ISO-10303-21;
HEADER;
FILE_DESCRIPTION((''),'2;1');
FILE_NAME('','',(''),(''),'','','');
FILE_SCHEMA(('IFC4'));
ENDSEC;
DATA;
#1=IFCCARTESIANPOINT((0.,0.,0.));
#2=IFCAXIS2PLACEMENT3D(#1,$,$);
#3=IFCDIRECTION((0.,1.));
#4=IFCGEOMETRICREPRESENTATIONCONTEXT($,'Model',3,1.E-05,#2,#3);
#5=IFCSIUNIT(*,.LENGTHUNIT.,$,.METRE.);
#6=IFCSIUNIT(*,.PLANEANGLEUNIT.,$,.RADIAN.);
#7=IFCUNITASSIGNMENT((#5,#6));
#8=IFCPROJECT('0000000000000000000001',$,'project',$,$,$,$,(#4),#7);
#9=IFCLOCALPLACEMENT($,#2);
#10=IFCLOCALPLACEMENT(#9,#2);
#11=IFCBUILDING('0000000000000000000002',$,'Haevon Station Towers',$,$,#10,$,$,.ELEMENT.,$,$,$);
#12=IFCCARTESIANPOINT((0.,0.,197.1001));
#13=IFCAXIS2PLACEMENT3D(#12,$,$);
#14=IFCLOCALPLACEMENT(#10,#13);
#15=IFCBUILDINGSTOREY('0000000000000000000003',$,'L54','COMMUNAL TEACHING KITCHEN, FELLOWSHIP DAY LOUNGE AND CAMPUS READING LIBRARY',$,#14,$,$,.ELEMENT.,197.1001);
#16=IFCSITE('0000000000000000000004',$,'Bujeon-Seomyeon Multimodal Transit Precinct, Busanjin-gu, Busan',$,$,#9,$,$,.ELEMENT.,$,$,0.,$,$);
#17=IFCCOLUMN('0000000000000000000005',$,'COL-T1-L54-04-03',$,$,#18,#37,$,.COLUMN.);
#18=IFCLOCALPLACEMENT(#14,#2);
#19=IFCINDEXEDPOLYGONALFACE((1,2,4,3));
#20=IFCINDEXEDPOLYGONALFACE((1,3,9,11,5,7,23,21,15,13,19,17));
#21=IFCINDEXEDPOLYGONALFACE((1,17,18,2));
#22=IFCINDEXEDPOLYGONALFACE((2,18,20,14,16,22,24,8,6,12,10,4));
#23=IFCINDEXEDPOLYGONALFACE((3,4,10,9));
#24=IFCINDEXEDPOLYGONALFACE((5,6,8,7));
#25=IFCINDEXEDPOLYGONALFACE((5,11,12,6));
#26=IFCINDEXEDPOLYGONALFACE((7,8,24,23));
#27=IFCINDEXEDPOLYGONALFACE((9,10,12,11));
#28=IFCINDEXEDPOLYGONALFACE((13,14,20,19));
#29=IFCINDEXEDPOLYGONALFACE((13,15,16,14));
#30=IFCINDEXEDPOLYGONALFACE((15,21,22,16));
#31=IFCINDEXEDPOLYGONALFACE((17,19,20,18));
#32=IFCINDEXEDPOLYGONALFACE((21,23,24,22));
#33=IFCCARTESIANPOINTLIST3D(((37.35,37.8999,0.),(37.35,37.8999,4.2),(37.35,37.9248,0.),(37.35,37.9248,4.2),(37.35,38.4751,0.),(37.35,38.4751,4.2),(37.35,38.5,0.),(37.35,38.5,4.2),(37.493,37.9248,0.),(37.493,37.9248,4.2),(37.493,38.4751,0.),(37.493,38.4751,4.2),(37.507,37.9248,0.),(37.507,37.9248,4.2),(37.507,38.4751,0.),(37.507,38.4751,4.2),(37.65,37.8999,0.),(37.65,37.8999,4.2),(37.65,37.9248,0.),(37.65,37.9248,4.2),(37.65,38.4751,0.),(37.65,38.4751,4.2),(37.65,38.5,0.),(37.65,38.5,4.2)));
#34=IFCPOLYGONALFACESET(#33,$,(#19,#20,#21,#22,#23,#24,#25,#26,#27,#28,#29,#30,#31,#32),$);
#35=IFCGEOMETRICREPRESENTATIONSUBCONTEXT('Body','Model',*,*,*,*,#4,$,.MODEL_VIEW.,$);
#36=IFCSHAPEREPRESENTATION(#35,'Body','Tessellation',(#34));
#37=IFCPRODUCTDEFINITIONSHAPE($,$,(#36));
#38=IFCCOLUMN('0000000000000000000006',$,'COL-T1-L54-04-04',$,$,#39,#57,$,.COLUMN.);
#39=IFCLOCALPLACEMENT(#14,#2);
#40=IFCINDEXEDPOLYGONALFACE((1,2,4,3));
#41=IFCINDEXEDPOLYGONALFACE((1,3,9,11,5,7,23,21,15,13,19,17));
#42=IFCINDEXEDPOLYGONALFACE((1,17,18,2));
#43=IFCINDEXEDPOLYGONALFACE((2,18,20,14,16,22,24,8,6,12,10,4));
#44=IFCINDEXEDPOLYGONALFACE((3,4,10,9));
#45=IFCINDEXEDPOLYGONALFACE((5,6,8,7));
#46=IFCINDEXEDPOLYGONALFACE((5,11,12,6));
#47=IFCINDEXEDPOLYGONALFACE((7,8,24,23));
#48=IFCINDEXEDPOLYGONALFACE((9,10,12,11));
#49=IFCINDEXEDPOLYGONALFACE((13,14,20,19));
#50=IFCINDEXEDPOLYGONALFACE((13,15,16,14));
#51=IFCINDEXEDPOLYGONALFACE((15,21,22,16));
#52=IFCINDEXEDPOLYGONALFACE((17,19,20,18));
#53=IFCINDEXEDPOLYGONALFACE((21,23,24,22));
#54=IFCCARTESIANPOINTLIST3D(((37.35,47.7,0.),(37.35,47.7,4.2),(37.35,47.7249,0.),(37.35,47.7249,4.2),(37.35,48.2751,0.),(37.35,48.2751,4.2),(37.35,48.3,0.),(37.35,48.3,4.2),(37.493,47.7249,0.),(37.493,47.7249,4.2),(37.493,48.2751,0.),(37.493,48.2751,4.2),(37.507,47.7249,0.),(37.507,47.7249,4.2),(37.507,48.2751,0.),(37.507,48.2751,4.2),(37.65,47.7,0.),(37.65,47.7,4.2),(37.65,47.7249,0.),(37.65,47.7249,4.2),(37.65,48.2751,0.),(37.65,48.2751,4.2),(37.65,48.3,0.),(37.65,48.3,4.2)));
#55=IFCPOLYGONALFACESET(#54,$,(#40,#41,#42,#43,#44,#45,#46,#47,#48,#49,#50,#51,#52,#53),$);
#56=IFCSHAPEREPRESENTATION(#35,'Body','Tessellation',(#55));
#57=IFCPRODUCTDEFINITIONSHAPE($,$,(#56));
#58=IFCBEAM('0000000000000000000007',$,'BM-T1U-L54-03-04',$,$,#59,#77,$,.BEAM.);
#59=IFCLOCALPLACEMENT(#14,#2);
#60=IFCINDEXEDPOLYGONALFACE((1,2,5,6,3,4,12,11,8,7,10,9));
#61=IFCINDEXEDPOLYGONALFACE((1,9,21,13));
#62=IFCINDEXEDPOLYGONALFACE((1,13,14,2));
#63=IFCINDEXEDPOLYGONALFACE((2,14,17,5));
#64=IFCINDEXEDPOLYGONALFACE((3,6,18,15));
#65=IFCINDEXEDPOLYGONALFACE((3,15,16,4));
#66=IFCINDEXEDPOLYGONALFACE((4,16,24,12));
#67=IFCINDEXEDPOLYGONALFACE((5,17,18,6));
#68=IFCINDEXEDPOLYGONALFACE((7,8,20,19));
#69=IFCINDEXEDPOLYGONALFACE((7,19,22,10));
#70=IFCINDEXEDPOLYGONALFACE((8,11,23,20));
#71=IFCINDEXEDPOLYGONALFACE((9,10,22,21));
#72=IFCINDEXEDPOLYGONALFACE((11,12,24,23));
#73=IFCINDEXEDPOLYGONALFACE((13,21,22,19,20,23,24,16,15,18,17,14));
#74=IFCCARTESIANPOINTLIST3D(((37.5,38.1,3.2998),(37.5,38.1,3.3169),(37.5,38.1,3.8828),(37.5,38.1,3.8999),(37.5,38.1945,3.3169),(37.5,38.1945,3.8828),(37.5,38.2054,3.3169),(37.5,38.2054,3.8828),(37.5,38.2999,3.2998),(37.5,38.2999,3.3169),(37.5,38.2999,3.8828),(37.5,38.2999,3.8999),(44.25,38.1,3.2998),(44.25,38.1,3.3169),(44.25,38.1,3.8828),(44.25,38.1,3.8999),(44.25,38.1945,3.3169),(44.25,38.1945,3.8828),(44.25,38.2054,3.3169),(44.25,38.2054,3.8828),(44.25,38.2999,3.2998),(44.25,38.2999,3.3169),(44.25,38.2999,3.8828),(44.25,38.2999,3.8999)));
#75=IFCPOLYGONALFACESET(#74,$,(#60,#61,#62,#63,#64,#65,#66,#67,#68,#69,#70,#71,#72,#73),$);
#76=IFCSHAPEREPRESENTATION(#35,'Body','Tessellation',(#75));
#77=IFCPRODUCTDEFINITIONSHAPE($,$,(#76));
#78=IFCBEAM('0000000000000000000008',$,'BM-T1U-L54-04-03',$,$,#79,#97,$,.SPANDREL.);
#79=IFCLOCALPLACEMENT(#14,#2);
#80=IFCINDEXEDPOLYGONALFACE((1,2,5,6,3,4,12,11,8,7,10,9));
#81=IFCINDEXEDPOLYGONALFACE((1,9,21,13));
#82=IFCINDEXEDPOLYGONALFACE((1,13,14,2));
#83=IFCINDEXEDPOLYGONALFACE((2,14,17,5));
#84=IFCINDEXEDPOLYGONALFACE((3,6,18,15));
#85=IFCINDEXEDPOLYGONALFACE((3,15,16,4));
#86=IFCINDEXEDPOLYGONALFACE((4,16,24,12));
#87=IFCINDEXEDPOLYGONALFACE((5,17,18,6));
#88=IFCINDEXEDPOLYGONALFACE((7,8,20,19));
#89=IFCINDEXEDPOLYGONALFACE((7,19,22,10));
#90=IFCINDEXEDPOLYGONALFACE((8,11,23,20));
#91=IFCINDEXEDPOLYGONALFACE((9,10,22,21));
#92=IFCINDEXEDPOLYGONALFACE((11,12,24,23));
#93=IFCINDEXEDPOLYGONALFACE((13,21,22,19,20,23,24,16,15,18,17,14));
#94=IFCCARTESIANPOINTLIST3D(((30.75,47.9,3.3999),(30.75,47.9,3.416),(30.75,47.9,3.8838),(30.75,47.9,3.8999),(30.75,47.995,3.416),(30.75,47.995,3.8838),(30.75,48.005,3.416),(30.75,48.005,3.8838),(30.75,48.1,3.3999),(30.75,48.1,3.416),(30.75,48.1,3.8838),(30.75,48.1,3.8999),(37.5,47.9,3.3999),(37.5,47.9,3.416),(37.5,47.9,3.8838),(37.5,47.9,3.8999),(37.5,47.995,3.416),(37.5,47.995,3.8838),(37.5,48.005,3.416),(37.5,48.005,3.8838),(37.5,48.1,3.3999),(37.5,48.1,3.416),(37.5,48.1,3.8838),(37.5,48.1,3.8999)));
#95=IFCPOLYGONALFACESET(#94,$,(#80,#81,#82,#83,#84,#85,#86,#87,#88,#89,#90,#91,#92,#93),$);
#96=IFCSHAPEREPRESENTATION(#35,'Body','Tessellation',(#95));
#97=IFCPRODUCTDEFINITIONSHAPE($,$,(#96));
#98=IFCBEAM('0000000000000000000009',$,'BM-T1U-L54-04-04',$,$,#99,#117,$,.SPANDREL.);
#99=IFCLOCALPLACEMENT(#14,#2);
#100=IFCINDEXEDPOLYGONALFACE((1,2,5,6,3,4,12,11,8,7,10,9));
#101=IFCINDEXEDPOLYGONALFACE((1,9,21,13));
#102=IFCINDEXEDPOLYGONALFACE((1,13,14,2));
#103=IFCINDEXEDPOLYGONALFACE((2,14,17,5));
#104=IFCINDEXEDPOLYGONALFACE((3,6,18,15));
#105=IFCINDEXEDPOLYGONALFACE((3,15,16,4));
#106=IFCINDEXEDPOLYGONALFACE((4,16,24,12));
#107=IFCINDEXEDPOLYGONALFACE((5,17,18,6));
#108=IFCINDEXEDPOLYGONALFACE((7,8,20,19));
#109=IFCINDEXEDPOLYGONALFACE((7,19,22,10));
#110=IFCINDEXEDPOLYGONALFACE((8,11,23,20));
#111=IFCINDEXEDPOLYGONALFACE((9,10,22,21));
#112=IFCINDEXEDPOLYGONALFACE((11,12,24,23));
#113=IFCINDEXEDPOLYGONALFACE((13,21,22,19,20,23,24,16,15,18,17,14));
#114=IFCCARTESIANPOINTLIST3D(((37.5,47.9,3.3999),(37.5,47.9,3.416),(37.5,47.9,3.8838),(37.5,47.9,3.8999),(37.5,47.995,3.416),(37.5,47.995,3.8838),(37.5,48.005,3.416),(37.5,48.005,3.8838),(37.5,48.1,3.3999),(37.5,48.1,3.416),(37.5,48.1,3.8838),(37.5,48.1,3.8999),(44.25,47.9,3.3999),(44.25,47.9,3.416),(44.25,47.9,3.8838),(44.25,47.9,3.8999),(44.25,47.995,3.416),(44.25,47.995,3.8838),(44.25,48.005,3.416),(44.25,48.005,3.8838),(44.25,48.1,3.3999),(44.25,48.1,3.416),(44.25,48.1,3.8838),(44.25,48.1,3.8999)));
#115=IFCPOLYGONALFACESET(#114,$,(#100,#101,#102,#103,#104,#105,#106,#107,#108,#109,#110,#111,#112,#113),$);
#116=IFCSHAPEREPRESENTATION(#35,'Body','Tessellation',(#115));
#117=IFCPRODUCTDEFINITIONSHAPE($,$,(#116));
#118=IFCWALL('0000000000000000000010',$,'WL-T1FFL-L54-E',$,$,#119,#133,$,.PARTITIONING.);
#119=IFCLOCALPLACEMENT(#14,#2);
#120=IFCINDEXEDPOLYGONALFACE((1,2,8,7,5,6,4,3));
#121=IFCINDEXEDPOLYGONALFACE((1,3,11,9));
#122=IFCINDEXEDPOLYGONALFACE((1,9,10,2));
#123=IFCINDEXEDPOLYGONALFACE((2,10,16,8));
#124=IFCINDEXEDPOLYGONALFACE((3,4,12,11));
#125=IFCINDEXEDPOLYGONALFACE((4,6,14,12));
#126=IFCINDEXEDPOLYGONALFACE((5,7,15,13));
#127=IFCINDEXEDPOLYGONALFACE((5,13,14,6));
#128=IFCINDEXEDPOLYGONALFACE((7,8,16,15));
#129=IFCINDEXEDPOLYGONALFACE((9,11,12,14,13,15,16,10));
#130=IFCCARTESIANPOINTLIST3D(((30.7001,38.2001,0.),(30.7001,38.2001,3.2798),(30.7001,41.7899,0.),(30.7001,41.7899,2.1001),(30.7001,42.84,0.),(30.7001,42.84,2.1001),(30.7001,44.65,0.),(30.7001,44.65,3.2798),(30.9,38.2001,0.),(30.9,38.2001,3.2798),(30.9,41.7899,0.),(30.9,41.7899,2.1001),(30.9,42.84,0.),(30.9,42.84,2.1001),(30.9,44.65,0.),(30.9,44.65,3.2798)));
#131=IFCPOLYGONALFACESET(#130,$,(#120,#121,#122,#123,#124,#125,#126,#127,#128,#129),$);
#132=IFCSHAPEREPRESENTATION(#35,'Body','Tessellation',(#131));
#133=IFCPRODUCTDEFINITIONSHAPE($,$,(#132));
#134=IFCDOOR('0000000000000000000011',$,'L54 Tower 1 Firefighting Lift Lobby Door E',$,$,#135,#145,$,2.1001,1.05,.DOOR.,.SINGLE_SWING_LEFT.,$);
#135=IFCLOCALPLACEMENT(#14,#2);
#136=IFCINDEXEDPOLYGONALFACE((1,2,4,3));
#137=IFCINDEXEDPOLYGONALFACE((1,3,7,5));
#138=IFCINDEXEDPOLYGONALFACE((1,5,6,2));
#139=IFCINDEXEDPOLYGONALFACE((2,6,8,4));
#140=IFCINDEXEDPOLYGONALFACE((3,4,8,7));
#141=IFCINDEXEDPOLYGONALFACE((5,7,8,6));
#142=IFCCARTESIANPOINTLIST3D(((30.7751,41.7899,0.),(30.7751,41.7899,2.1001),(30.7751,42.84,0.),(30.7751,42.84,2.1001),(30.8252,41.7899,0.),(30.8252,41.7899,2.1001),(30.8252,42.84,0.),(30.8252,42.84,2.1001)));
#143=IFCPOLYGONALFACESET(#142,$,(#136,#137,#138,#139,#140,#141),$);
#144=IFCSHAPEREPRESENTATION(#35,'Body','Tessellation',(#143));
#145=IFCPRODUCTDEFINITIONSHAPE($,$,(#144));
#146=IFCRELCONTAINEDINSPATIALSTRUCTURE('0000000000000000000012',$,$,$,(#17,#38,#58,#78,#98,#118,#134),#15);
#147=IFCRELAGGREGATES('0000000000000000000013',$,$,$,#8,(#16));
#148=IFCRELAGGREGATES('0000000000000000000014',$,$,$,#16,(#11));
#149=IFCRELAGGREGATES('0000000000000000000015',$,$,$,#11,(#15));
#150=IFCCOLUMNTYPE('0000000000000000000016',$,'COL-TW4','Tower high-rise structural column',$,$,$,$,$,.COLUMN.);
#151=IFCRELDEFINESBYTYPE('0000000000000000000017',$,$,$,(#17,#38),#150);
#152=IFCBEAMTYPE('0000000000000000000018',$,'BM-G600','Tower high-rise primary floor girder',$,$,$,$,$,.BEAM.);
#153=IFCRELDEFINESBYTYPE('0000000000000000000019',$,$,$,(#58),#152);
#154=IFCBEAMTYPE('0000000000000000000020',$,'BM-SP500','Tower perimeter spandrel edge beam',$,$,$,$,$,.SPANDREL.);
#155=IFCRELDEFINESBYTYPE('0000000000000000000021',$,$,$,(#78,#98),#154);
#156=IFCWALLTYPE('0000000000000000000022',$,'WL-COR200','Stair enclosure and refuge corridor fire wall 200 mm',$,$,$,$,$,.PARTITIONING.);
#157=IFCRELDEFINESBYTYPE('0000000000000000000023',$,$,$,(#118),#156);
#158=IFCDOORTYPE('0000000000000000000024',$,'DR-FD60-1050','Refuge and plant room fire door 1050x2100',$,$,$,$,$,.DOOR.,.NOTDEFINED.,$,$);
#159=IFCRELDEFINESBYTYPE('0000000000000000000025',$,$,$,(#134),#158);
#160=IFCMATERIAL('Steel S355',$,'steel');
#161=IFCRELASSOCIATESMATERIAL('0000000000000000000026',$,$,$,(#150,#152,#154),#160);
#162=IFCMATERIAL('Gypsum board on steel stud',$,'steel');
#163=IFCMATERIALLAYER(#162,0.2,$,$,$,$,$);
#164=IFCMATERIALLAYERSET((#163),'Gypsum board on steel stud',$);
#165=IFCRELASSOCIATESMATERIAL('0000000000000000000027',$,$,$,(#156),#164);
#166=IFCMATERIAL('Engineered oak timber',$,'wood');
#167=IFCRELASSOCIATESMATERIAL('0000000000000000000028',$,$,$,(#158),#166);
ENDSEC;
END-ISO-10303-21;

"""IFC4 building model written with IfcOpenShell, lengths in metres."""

from ifc_helpers import new_model, si_unit, direction, frame, frame_2d, origin, origin_2d, place, context, subcontext, project, spatial, rectangle, i_section, extrude, material, layer, layer_set, material_profile, profile_set, type_object, element, fill, save


model = new_model("IFC4")

# Units and contexts
model_context = context("Model", 3, precision=1e-05, world=origin(), true_north=direction((0.0, 1.0)))
body_context = subcontext(model_context, "Body", "Model", "MODEL_VIEW")
ifc_project = project(units=[si_unit("LENGTHUNIT", "METRE"), si_unit("PLANEANGLEUNIT", "RADIAN")], contexts=[model_context])

# Site, building, storey
site_placement = place(None, origin())
site = spatial("IfcSite", under=ifc_project, at=site_placement, Name="Bujeon-Seomyeon Multimodal Transit Precinct, Busanjin-gu, Busan", CompositionType="ELEMENT", RefElevation=0.0)
building_placement = place(site_placement, origin())
building = spatial("IfcBuilding", under=site, at=building_placement, Name="Haevon Station Towers", CompositionType="ELEMENT")
storey_placement = place(building_placement, frame((0.0, 0.0, 197.1001)))
storey = spatial("IfcBuildingStorey", under=building, at=storey_placement, Name="L54", Description="COMMUNAL TEACHING KITCHEN, FELLOWSHIP DAY LOUNGE AND CAMPUS READING LIBRARY", CompositionType="ELEMENT", Elevation=197.1001)

# Columns
ifc_material_1 = material(Name="Steel S355", Category="steel")
ifc_material_profile_1 = material_profile(ifc_material_1, i_section(OverallWidth=0.3, OverallDepth=0.6001, WebThickness=0.0139, FlangeThickness=0.0249, at=origin_2d()), Name="H-600x300x14x25")
ifc_profile_set_1 = profile_set([ifc_material_profile_1], Name="Steel S355")
column_type = type_object("IfcColumnType", Name="COL-TW4", Description="Tower high-rise structural column", PredefinedType="COLUMN", material=ifc_profile_set_1)
for number, where, z_axis, x_axis, name in (
    (1, (37.5, 38.2, 0.0), (0.0, 0.0, 1.0), (1.0, 0.0, 0.0), "COL-T1-L54-04-03"),
    (2, (37.5, 48.0, 0.0), (0.0, 0.0, 1.0), (1.0, 0.0, 0.0), "COL-T1-L54-04-04"),
):
    element("IfcColumn", number, at=place(storey_placement, frame(where, z_axis=z_axis, x_axis=x_axis)), inside=storey, type_object=column_type, Name=name, PredefinedType="COLUMN", context=body_context, shape_type="SweptSolid", body=[
        extrude(i_section(OverallWidth=0.3, OverallDepth=0.6001, WebThickness=0.0139, FlangeThickness=0.0249, at=origin_2d()), origin(), (0.0, 0.0, 1.0), 4.2),
    ])

# Beams
ifc_material_profile_2 = material_profile(ifc_material_1, i_section(OverallWidth=0.2, OverallDepth=0.6001, WebThickness=0.011, FlangeThickness=0.0171, at=origin_2d()), Name="H-600x200x11x17")
ifc_profile_set_2 = profile_set([ifc_material_profile_2], Name="Steel S355")
beam_type_1 = type_object("IfcBeamType", Name="BM-G600", Description="Tower high-rise primary floor girder", PredefinedType="BEAM", material=ifc_profile_set_2)
beam_placement = place(storey_placement, frame((37.5, 38.2, 3.5999), z_axis=(1.0, 0.0, 0.0), x_axis=(0.0, 1.0, 0.0)))
element("IfcBeam", 3, at=beam_placement, inside=storey, type_object=beam_type_1, Name="BM-T1U-L54-03-04", PredefinedType="BEAM", context=body_context, shape_type="SweptSolid", body=[
    extrude(i_section(OverallWidth=0.2, OverallDepth=0.6001, WebThickness=0.011, FlangeThickness=0.0171, at=origin_2d()), origin(), (0.0, 0.0, 1.0), 6.75),
])
ifc_material_profile_3 = material_profile(ifc_material_1, i_section(OverallWidth=0.2, OverallDepth=0.5, WebThickness=0.01, FlangeThickness=0.0161, at=origin_2d()), Name="H-500x200x10x16")
ifc_profile_set_3 = profile_set([ifc_material_profile_3], Name="Steel S355")
beam_type_2 = type_object("IfcBeamType", Name="BM-SP500", Description="Tower perimeter spandrel edge beam", PredefinedType="SPANDREL", material=ifc_profile_set_3)
for number, where, z_axis, x_axis, name in (
    (4, (30.75, 48.0, 3.6499), (1.0, 0.0, 0.0), (0.0, 1.0, 0.0), "BM-T1U-L54-04-03"),
    (5, (37.5, 48.0, 3.6499), (1.0, 0.0, 0.0), (0.0, 1.0, 0.0), "BM-T1U-L54-04-04"),
):
    element("IfcBeam", number, at=place(storey_placement, frame(where, z_axis=z_axis, x_axis=x_axis)), inside=storey, type_object=beam_type_2, Name=name, PredefinedType="SPANDREL", context=body_context, shape_type="SweptSolid", body=[
        extrude(i_section(OverallWidth=0.2, OverallDepth=0.5, WebThickness=0.01, FlangeThickness=0.0161, at=origin_2d()), origin(), (0.0, 0.0, 1.0), 6.75),
    ])

# Wall, opening, door
ifc_material_2 = material(Name="Gypsum board on steel stud", Category="steel")
ifc_layer_1 = layer(ifc_material_2, 0.2)
ifc_layer_set_1 = layer_set([ifc_layer_1], Name="Gypsum board on steel stud")
wall_type_1 = type_object("IfcWallType", Name="WL-COR200", Description="Stair enclosure and refuge corridor fire wall 200 mm", PredefinedType="PARTITIONING", material=ifc_layer_set_1)
wall_1_placement = place(storey_placement, frame((30.8, 38.2, 0.0), z_axis=(0.0, 0.0, 1.0), x_axis=(0.0, 1.0, 0.0)))
wall_1 = element("IfcWall", 6, at=wall_1_placement, inside=storey, type_object=wall_type_1, Name="WL-T1FFL-L54-E", PredefinedType="PARTITIONING", context=body_context, shape_type="SweptSolid", body=[
    extrude(rectangle(XDim=6.45, YDim=0.2, at=frame_2d((3.2251, 0.0))), origin(), (0.0, 0.0, 1.0), 3.2798),
])
opening_1_placement = place(wall_1_placement, frame((3.5901, 0.0, 0.0)))
opening_1 = element("IfcOpeningElement", 7, at=opening_1_placement, cuts=wall_1, PredefinedType="OPENING", context=body_context, shape_type="SweptSolid", body=[
    extrude(rectangle(XDim=1.05, YDim=2.1001, at=frame_2d((0.5249, 1.05))), frame((0.0, 0.1099, 0.0), z_axis=(0.0, -1.0, 0.0), x_axis=(1.0, 0.0, 0.0)), (0.0, 0.0, 1.0), 0.22),
])
ifc_material_3 = material(Name="Engineered oak timber", Category="wood")
door_type_1 = type_object("IfcDoorType", Name="DR-FD60-1050", Description="Refuge and plant room fire door 1050x2100", OperationType="NOTDEFINED", PredefinedType="DOOR", material=ifc_material_3)
door_1_placement = place(opening_1_placement, origin())
door_1 = element("IfcDoor", 8, at=door_1_placement, inside=storey, type_object=door_type_1, Name="L54 Tower 1 Firefighting Lift Lobby Door E", OperationType="SINGLE_SWING_LEFT", OverallHeight=2.1001, OverallWidth=1.05, PredefinedType="DOOR", context=body_context, shape_type="SweptSolid", body=[
    extrude(rectangle(XDim=1.05, YDim=2.1001, at=frame_2d((0.5249, 1.05))), frame((0.0, 0.0249, 0.0), z_axis=(0.0, -1.0, 0.0), x_axis=(1.0, 0.0, 0.0)), (0.0, 0.0, 1.0), 0.05),
])
fill(opening_1, door_1)

save(model, "model.ifc")
